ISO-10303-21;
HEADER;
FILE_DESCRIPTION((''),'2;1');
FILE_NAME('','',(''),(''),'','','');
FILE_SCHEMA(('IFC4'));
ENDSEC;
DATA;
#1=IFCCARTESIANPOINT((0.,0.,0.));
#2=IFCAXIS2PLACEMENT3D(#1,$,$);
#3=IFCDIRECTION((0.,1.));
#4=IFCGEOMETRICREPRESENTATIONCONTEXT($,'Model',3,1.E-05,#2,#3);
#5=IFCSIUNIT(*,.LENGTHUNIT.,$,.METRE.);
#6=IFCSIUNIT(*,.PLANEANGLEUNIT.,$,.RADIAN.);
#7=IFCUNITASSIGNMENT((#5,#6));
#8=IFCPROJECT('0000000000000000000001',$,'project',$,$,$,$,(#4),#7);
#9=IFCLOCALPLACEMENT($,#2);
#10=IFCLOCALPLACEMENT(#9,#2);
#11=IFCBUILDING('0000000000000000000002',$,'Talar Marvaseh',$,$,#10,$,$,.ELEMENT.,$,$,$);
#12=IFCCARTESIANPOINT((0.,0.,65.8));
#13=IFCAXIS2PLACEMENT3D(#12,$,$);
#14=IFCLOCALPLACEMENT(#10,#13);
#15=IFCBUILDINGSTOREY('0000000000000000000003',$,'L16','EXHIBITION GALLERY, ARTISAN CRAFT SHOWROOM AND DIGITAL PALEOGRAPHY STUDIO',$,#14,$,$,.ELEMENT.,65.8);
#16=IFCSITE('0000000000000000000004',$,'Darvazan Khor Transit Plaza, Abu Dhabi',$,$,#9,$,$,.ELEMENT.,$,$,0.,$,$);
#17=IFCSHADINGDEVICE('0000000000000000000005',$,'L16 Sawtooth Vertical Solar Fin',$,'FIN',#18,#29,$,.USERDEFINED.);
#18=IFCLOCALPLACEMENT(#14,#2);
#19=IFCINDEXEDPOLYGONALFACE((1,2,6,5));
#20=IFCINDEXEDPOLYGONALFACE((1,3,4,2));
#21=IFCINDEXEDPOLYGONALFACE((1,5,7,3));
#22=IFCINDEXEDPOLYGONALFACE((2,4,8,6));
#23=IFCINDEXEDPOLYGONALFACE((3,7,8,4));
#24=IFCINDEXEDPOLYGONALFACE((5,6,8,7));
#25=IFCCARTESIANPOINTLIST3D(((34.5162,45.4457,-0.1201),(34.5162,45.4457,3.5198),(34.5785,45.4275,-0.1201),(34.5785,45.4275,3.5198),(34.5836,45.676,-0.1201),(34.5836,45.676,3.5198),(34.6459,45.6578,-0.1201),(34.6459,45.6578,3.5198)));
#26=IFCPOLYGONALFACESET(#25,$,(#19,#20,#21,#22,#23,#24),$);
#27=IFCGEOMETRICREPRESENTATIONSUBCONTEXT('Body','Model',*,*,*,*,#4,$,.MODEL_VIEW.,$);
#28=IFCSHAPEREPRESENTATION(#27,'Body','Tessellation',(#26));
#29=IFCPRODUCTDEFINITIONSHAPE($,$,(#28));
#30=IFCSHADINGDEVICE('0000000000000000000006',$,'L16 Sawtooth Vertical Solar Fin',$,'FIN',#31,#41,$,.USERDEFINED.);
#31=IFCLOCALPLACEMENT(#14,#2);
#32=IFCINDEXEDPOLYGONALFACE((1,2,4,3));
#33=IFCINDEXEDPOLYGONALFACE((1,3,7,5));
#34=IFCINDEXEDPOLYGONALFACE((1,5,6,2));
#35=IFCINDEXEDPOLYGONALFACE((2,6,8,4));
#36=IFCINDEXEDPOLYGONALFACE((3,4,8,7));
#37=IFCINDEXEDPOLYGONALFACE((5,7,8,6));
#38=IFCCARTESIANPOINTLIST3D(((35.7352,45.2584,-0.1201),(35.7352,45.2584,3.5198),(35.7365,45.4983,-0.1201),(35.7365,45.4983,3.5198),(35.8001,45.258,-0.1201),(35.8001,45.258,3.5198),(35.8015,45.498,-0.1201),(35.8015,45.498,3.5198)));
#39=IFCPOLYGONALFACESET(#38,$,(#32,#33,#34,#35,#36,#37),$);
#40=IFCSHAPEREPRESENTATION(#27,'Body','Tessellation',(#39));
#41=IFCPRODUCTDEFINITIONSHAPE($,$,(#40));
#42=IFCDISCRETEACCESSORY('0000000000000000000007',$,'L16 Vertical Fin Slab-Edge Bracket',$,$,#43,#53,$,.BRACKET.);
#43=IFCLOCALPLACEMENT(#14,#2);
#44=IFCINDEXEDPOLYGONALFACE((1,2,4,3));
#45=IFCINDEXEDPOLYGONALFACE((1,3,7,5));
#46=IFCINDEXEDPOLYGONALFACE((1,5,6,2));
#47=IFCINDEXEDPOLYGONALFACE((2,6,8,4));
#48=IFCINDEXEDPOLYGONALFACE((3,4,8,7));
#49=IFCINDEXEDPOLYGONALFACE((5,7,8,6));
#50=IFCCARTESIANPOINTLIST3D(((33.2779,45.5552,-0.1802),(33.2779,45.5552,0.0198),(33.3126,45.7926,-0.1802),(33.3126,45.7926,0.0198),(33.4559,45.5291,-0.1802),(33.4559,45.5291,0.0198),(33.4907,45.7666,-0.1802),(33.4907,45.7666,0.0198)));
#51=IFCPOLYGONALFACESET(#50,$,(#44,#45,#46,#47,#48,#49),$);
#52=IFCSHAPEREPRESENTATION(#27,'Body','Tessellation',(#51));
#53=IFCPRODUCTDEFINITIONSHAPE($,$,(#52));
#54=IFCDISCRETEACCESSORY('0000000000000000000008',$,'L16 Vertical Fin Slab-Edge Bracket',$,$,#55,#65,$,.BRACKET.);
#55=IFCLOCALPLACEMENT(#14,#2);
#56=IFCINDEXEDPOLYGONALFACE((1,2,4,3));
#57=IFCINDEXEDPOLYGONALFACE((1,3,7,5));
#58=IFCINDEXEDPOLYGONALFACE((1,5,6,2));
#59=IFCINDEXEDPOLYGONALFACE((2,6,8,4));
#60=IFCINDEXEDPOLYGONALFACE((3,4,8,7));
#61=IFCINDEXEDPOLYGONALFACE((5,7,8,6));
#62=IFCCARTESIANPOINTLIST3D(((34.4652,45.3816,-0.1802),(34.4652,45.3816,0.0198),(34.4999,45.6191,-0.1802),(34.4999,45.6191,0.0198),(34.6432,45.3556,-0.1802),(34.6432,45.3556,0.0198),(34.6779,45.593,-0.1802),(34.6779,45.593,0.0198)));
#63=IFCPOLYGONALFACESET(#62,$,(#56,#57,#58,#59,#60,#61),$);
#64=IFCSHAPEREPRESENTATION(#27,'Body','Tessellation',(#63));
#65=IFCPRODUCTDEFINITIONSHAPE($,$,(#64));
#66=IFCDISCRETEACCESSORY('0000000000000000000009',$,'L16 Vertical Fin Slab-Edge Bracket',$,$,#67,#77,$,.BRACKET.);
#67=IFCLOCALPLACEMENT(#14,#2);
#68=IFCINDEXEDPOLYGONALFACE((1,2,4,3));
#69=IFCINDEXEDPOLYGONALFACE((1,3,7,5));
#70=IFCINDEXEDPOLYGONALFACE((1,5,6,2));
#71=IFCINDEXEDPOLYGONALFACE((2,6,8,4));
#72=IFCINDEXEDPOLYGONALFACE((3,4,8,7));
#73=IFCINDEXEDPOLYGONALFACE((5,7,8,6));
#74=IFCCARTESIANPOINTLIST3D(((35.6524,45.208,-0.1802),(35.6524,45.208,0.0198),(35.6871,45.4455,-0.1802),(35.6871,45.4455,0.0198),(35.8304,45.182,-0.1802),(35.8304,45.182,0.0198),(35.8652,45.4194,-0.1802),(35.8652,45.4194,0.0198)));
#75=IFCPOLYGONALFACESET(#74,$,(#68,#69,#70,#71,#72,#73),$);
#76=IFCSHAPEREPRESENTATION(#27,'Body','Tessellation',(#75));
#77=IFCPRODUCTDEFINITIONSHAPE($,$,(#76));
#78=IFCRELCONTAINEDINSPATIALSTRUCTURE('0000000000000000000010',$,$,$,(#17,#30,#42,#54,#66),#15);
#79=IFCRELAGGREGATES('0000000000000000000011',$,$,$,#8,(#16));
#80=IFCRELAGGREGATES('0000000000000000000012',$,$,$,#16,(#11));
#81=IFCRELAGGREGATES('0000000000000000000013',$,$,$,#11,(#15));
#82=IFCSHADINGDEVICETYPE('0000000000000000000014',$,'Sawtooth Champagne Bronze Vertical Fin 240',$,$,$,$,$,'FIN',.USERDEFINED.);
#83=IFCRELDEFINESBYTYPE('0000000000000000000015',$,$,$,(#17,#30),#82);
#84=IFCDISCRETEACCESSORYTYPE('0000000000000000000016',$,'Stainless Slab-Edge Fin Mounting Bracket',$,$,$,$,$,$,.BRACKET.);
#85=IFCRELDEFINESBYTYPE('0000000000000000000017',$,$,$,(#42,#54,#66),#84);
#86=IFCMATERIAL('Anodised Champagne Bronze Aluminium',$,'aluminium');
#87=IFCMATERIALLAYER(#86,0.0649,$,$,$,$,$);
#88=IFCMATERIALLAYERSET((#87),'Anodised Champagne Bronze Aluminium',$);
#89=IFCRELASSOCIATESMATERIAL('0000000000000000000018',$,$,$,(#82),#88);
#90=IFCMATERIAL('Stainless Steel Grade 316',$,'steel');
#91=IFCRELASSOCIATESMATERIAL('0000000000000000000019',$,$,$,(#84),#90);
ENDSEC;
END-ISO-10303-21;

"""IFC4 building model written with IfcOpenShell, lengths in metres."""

from ifc_helpers import new_model, si_unit, direction, frame, origin, origin_2d, place, context, subcontext, project, spatial, rectangle, extrude, source, transform, mapped, material, layer, layer_set, type_object, type_shapes, element, save


model = new_model("IFC4")

# Units and contexts
model_context = context("Model", 3, precision=1e-05, world=origin(), true_north=direction((0.0, 1.0)))
body_context = subcontext(model_context, "Body", "Model", "MODEL_VIEW")
ifc_project = project(units=[si_unit("LENGTHUNIT", "METRE"), si_unit("PLANEANGLEUNIT", "RADIAN")], contexts=[model_context])

# Site, building, storey
site_placement = place(None, origin())
site = spatial("IfcSite", under=ifc_project, at=site_placement, Name="Darvazan Khor Transit Plaza, Abu Dhabi", CompositionType="ELEMENT", RefElevation=0.0)
building_placement = place(site_placement, origin())
building = spatial("IfcBuilding", under=site, at=building_placement, Name="Talar Marvaseh", CompositionType="ELEMENT")
storey_placement = place(building_placement, frame((0.0, 0.0, 65.8)))
storey = spatial("IfcBuildingStorey", under=building, at=storey_placement, Name="L16", Description="EXHIBITION GALLERY, ARTISAN CRAFT SHOWROOM AND DIGITAL PALEOGRAPHY STUDIO", CompositionType="ELEMENT", Elevation=65.8)

# Shading devices
ifc_material_1 = material(Name="Anodised Champagne Bronze Aluminium", Category="aluminium")
ifc_layer_1 = layer(ifc_material_1, 0.0649)
ifc_layer_set_1 = layer_set([ifc_layer_1], Name="Anodised Champagne Bronze Aluminium")
shading_device_type = type_object("IfcShadingDeviceType", Name="Sawtooth Champagne Bronze Vertical Fin 240", ElementType="FIN", PredefinedType="USERDEFINED", material=ifc_layer_set_1)
shared_shape_1 = source(origin(), body_context, "Body", "SweptSolid", [
    extrude(rectangle(XDim=0.24, YDim=0.0649, at=origin_2d()), origin(), (0.0, 0.0, 1.0), 3.6399),
])
type_shapes(shading_device_type, [shared_shape_1])
for number, where, z_axis, x_axis, name in (
    (1, (34.5811, 45.5518, -0.1201), (0.0, 0.0, 1.0), (0.281002, 0.959707, 0.0), "L16 Sawtooth Vertical Solar Fin"),
    (2, (35.7683, 45.3782, -0.1201), (0.0, 0.0, 1.0), (0.005585, 0.999984, 0.0), "L16 Sawtooth Vertical Solar Fin"),
):
    element("IfcShadingDevice", number, at=place(storey_placement, frame(where, z_axis=z_axis, x_axis=x_axis)), inside=storey, type_object=shading_device_type, Name=name, ObjectType="FIN", PredefinedType="USERDEFINED", context=body_context, shape_type="MappedRepresentation", body=[
        mapped(shared_shape_1, transform((0.0, 0.0, 0.0), x_axis=(1.0, 0.0, 0.0), y_axis=(0.0, 1.0, 0.0), z_axis=(0.0, 0.0, 1.0), scale=1.0)),
    ])

# Discrete accessories
ifc_material_2 = material(Name="Stainless Steel Grade 316", Category="steel")
discrete_accessory_type = type_object("IfcDiscreteAccessoryType", Name="Stainless Slab-Edge Fin Mounting Bracket", PredefinedType="BRACKET", material=ifc_material_2)
shared_shape_2 = source(origin(), body_context, "Body", "SweptSolid", [
    extrude(rectangle(XDim=0.24, YDim=0.1799, at=origin_2d()), origin(), (0.0, 0.0, 1.0), 0.2),
])
type_shapes(discrete_accessory_type, [shared_shape_2])
for number, where, z_axis, x_axis, name in (
    (3, (33.3843, 45.6609, -0.1802), (0.0, 0.0, 1.0), (0.144702, 0.989475, 0.0), "L16 Vertical Fin Slab-Edge Bracket"),
    (4, (34.5715, 45.4873, -0.1802), (0.0, 0.0, 1.0), (0.144702, 0.989475, 0.0), "L16 Vertical Fin Slab-Edge Bracket"),
    (5, (35.7588, 45.3137, -0.1802), (0.0, 0.0, 1.0), (0.144702, 0.989475, 0.0), "L16 Vertical Fin Slab-Edge Bracket"),
):
    element("IfcDiscreteAccessory", number, at=place(storey_placement, frame(where, z_axis=z_axis, x_axis=x_axis)), inside=storey, type_object=discrete_accessory_type, Name=name, PredefinedType="BRACKET", context=body_context, shape_type="MappedRepresentation", body=[
        mapped(shared_shape_2, transform((0.0, 0.0, 0.0), x_axis=(1.0, 0.0, 0.0), y_axis=(0.0, 1.0, 0.0), z_axis=(0.0, 0.0, 1.0), scale=1.0)),
    ])

save(model, "model.ifc")
